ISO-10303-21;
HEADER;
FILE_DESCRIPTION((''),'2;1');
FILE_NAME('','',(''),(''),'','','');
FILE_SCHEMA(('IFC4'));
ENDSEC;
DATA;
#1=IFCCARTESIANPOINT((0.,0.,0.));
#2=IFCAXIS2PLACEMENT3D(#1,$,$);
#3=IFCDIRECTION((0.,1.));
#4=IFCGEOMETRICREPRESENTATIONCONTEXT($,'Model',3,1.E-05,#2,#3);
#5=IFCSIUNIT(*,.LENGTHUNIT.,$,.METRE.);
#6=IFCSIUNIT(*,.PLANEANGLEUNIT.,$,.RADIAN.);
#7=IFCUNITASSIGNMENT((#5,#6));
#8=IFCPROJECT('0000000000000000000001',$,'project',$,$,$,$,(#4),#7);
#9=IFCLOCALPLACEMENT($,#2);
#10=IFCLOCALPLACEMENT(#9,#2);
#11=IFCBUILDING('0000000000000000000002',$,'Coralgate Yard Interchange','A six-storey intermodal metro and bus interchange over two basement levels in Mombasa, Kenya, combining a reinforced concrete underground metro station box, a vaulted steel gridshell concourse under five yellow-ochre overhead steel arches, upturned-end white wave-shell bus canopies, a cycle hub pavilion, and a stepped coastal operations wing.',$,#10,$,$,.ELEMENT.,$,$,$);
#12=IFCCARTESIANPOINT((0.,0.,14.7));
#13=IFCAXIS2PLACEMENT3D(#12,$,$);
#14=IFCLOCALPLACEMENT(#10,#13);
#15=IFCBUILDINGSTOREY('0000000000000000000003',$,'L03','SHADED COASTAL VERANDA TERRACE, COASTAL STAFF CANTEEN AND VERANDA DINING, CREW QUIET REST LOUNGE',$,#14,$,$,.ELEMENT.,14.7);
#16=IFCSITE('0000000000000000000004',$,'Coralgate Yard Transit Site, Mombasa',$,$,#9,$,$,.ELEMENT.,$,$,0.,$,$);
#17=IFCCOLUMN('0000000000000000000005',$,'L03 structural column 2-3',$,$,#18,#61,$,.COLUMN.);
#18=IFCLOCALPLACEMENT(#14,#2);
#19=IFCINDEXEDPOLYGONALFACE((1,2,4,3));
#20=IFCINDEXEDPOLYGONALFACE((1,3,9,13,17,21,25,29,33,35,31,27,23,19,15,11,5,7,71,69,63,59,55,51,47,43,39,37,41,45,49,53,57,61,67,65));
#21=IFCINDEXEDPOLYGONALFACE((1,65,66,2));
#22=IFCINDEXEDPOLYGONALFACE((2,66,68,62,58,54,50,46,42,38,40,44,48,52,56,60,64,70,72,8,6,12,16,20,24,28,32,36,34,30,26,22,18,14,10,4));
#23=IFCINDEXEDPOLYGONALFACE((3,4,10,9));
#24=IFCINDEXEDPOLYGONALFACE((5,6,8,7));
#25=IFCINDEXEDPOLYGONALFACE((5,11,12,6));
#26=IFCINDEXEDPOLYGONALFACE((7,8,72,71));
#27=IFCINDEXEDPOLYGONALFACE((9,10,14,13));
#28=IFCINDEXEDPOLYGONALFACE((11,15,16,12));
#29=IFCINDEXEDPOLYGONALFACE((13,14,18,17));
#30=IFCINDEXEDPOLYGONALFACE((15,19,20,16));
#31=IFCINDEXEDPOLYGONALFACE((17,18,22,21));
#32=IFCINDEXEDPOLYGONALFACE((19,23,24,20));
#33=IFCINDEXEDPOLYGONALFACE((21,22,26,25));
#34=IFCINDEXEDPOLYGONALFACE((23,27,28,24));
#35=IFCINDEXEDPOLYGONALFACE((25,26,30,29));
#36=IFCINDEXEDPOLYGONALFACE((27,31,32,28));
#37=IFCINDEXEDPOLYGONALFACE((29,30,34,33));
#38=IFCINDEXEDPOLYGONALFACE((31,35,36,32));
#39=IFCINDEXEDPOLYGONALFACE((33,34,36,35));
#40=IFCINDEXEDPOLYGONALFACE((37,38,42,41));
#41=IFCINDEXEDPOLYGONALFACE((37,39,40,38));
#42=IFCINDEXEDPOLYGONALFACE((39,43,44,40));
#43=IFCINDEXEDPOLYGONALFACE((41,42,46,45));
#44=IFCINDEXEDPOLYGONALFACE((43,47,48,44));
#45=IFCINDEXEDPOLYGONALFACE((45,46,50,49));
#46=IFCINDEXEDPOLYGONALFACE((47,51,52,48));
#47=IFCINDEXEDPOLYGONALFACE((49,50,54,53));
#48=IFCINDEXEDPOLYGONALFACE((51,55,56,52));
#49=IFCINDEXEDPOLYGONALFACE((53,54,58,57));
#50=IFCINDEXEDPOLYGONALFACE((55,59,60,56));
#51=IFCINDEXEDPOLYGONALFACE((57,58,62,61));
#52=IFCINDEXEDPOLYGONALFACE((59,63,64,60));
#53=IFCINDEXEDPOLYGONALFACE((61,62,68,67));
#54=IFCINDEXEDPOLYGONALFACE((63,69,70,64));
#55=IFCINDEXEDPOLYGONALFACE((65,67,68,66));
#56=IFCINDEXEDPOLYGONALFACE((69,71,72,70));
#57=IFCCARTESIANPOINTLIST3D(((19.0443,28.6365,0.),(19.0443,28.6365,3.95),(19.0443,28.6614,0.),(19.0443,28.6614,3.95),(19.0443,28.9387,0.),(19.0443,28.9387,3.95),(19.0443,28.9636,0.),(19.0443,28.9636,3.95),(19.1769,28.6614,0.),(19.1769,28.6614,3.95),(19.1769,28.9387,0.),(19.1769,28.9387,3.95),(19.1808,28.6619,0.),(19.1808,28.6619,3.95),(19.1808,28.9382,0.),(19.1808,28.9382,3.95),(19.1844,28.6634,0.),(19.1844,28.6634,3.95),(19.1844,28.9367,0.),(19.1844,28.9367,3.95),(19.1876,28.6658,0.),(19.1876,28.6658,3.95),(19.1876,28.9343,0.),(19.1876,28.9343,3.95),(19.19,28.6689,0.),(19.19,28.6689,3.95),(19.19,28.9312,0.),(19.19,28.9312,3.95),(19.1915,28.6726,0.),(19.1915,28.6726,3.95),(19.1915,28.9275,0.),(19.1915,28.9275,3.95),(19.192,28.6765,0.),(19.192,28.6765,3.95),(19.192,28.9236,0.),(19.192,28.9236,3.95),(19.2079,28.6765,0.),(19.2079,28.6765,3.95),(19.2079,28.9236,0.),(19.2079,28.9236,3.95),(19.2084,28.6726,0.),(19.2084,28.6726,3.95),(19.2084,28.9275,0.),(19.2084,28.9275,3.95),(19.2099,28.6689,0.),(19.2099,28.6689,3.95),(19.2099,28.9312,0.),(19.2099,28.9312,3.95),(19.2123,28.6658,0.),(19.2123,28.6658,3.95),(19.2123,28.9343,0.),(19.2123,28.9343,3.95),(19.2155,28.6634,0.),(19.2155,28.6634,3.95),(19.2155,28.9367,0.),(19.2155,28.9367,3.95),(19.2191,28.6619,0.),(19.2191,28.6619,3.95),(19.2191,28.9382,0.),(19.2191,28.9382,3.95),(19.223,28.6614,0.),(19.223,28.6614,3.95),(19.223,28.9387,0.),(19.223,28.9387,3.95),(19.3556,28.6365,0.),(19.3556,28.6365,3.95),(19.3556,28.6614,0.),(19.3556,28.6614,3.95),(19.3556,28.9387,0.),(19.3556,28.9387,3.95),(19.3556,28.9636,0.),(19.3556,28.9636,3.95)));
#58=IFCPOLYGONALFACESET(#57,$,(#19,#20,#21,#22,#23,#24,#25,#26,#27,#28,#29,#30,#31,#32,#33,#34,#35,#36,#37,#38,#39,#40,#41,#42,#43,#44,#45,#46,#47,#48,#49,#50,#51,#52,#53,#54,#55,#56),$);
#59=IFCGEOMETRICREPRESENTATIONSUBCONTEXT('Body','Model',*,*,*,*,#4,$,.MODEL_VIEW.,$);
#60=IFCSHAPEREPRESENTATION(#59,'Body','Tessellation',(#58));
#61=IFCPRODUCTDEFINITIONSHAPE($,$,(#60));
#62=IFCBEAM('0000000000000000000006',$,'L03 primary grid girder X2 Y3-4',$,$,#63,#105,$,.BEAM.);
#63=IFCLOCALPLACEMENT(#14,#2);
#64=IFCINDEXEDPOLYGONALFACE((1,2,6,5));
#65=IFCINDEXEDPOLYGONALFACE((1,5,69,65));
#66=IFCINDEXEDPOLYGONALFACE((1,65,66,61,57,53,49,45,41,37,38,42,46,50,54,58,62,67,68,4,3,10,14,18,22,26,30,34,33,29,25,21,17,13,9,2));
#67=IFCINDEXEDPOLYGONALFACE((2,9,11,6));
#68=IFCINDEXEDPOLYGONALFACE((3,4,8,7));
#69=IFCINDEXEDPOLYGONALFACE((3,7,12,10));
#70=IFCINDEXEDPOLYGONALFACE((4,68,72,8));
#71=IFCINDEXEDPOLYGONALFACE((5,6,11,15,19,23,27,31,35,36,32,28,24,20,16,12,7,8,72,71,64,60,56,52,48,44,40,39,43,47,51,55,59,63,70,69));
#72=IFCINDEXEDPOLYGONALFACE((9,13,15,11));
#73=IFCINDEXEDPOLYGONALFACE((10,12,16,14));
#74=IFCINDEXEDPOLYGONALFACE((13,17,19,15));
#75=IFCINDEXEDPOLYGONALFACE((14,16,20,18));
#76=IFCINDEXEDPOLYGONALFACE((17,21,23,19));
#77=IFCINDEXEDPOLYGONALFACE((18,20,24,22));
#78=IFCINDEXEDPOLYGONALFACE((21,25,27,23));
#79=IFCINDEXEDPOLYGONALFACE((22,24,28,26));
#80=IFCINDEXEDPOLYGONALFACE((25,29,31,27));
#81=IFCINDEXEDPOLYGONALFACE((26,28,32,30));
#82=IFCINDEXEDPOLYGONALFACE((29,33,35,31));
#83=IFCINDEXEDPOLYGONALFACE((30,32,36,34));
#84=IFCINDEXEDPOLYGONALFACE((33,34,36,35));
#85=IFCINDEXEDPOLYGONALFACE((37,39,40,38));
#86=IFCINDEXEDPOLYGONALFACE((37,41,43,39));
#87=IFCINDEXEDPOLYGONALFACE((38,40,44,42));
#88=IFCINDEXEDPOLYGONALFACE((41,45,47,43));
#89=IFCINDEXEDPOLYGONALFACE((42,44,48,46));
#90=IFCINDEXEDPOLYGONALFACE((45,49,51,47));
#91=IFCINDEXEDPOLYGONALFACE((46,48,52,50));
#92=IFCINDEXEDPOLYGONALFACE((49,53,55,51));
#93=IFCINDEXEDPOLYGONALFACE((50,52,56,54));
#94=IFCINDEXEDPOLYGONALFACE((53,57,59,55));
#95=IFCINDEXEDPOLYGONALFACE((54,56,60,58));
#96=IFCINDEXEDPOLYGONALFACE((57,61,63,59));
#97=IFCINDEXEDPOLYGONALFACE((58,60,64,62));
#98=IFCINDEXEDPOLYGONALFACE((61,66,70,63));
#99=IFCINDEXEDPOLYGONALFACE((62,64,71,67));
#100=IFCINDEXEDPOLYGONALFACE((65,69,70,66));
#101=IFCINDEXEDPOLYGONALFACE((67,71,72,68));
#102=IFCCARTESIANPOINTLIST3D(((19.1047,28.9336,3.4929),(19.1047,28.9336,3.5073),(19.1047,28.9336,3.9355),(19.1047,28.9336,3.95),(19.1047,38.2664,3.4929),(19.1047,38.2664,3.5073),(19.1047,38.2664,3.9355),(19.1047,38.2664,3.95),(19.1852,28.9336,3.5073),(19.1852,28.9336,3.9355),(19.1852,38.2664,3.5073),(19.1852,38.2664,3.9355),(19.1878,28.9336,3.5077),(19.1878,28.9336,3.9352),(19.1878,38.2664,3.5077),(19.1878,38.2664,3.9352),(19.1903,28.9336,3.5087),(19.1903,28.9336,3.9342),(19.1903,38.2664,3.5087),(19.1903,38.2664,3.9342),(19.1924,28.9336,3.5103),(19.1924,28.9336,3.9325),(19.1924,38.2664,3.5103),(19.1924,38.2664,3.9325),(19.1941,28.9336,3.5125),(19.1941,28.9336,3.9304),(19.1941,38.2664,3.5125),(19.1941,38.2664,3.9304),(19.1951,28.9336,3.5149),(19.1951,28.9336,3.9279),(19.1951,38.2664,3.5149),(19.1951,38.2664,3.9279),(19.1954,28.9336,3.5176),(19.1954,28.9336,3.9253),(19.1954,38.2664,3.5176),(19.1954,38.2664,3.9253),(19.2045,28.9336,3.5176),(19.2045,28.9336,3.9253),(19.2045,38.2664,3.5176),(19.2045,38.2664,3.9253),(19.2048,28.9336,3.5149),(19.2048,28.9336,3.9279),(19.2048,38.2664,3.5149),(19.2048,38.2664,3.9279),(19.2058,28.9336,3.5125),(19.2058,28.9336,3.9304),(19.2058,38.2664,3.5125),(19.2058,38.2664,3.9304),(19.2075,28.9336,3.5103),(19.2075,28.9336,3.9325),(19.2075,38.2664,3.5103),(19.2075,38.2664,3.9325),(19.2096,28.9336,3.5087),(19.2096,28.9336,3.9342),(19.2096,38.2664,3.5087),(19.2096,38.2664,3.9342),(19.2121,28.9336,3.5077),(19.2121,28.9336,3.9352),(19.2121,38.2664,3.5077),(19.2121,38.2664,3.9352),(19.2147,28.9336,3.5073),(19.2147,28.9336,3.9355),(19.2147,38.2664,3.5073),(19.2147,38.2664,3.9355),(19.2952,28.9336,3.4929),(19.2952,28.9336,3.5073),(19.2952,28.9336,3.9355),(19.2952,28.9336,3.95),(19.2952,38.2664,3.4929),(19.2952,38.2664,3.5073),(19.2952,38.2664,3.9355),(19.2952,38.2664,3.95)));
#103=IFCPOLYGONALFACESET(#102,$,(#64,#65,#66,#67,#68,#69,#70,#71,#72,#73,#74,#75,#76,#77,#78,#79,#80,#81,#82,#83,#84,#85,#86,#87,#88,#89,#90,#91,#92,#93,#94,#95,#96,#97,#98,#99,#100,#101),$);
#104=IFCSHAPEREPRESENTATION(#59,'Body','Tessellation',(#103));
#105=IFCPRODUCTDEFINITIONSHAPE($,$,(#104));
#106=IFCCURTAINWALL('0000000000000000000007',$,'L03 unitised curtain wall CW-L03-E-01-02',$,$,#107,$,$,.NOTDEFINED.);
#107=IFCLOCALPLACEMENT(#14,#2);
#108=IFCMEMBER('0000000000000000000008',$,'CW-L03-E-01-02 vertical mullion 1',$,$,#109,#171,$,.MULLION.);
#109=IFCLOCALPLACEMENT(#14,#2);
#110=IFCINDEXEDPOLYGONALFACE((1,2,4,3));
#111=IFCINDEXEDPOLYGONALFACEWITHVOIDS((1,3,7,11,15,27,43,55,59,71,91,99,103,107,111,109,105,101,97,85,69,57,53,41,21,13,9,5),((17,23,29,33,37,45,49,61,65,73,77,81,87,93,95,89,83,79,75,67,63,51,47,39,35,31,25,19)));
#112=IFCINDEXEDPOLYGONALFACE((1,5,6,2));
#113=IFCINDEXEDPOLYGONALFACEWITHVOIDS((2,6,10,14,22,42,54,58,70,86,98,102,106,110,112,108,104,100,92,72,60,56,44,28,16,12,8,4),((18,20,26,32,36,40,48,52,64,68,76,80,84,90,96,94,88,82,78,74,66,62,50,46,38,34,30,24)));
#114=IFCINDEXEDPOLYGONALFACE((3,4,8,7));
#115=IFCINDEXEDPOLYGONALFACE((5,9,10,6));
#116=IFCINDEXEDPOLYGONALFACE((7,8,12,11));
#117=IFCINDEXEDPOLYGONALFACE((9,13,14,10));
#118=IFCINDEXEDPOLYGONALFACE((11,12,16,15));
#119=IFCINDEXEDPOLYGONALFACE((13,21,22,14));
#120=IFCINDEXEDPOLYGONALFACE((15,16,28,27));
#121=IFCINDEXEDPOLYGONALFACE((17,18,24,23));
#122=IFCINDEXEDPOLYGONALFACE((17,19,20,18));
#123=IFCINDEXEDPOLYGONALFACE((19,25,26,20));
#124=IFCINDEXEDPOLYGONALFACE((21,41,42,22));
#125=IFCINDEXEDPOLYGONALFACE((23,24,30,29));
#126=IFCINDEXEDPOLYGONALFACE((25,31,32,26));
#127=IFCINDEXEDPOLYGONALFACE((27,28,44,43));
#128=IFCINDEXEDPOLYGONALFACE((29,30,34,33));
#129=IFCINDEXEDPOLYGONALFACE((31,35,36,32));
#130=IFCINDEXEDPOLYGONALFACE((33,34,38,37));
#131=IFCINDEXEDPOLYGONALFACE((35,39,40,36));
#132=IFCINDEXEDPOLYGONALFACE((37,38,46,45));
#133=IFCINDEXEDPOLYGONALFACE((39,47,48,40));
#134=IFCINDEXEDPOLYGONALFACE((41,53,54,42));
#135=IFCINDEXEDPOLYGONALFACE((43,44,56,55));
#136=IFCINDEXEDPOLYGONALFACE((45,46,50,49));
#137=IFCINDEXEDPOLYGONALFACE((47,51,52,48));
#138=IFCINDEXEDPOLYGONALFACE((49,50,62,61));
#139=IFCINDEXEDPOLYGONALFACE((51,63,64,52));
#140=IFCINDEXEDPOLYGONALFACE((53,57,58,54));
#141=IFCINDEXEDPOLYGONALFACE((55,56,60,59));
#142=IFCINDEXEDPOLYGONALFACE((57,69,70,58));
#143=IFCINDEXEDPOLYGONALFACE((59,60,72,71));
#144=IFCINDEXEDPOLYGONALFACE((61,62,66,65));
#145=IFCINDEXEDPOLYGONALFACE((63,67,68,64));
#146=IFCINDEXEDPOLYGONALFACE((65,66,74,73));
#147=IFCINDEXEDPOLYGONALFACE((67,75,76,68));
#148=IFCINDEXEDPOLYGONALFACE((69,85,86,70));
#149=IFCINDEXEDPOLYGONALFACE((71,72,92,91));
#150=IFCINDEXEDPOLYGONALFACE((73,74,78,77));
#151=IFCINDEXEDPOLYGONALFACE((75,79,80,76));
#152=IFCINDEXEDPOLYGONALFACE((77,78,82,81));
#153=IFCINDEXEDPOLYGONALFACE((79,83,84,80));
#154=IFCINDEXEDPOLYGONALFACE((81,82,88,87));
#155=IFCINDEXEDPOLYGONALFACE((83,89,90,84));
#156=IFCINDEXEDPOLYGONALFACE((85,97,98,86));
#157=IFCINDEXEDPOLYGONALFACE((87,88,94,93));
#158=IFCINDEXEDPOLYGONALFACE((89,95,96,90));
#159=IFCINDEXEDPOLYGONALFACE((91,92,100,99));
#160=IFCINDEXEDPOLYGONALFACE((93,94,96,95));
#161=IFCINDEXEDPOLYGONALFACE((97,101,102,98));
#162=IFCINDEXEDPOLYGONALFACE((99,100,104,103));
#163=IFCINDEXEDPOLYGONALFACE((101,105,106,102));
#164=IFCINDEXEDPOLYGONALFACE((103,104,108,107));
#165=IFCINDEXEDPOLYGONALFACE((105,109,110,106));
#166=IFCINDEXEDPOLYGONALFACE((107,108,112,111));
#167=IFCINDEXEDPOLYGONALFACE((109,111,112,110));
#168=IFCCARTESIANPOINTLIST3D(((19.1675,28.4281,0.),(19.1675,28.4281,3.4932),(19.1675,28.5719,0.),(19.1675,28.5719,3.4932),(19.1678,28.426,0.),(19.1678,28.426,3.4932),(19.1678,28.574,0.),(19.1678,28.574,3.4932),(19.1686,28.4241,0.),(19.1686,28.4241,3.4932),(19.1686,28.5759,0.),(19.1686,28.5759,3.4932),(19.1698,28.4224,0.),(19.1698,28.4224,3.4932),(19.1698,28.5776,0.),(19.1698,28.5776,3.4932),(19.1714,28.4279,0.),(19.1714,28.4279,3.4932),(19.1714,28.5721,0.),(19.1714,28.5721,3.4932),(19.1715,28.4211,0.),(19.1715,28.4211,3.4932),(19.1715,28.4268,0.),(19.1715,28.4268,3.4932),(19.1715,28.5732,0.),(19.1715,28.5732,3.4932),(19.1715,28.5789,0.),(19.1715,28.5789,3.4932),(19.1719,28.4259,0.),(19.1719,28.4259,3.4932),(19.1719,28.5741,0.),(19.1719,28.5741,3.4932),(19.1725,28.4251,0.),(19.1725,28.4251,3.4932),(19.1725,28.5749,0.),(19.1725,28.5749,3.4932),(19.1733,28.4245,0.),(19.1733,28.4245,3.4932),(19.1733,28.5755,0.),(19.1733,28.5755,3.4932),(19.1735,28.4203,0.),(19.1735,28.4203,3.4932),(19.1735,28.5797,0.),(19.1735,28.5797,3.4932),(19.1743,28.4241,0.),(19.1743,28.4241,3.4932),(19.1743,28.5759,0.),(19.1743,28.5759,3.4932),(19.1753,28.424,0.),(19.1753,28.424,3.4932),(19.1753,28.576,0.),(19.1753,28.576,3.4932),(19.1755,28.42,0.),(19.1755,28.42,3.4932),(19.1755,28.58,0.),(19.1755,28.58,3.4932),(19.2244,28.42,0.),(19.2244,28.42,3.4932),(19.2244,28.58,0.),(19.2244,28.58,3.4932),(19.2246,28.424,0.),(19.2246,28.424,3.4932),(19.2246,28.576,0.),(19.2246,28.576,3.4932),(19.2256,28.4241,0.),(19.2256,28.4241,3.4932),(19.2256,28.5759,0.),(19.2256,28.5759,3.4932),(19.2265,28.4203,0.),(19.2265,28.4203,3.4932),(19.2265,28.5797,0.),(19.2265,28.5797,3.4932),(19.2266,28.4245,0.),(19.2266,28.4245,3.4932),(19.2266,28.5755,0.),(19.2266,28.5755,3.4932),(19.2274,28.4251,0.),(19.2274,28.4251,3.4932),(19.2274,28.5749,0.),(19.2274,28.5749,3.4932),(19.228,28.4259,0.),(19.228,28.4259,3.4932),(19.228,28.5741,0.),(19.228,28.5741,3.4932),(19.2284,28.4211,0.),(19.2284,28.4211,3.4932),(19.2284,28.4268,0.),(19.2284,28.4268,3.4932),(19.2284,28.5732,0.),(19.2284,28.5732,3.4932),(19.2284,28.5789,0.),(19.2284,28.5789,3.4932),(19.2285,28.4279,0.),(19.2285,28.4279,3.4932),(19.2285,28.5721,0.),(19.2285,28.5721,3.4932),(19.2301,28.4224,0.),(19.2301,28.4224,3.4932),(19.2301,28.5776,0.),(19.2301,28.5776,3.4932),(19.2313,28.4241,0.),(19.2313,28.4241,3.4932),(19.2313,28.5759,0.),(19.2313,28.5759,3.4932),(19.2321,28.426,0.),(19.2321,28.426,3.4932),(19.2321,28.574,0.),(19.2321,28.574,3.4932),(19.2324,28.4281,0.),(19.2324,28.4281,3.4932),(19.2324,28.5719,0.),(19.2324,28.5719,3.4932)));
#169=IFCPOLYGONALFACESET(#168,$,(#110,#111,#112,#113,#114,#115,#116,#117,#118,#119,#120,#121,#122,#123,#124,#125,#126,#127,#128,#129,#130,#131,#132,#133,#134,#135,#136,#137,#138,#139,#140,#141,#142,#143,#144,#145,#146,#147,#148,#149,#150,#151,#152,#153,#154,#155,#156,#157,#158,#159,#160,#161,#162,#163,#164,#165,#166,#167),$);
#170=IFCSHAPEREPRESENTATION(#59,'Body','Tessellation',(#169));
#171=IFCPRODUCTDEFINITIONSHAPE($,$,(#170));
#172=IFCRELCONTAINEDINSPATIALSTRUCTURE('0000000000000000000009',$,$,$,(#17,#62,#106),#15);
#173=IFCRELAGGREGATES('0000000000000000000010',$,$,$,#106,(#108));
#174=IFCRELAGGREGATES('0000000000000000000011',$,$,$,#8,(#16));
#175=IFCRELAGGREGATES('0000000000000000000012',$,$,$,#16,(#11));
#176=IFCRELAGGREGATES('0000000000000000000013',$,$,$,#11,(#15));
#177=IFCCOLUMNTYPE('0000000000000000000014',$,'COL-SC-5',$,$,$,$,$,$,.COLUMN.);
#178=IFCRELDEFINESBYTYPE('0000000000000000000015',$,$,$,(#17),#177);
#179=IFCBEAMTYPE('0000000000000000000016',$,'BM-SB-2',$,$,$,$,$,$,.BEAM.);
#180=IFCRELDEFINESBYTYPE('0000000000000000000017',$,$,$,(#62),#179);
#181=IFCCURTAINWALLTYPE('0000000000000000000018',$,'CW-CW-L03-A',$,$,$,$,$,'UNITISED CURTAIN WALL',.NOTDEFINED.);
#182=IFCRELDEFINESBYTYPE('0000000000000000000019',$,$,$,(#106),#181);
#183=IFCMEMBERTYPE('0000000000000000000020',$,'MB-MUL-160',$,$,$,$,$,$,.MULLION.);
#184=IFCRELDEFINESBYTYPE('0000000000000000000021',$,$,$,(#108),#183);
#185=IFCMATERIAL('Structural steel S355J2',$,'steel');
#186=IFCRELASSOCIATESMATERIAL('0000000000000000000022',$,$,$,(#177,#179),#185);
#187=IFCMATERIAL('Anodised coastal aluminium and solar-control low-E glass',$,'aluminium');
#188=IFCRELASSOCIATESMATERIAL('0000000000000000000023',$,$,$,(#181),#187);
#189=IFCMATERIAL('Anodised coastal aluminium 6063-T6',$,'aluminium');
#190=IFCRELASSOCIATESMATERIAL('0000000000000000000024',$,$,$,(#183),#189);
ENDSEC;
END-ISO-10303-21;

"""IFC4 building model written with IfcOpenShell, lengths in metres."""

from ifc_helpers import new_model, si_unit, direction, frame, origin, origin_2d, place, context, subcontext, project, spatial, hollow_rectangle, i_section, extrude, material, material_profile, profile_set, type_object, element, aggregate, save


model = new_model("IFC4")

# Units and contexts
model_context = context("Model", 3, precision=1e-05, world=origin(), true_north=direction((0.0, 1.0)))
body_context = subcontext(model_context, "Body", "Model", "MODEL_VIEW")
ifc_project = project(units=[si_unit("LENGTHUNIT", "METRE"), si_unit("PLANEANGLEUNIT", "RADIAN")], contexts=[model_context])

# Site, building, storey
site_placement = place(None, origin())
site = spatial("IfcSite", under=ifc_project, at=site_placement, Name="Coralgate Yard Transit Site, Mombasa", CompositionType="ELEMENT", RefElevation=0.0)
building_placement = place(site_placement, origin())
building = spatial("IfcBuilding", under=site, at=building_placement, Name="Coralgate Yard Interchange", Description="A six-storey intermodal metro and bus interchange over two basement levels in Mombasa, Kenya, combining a reinforced concrete underground metro station box, a vaulted steel gridshell concourse under five yellow-ochre overhead steel arches, upturned-end white wave-shell bus canopies, a cycle hub pavilion, and a stepped coastal operations wing.", CompositionType="ELEMENT")
storey_placement = place(building_placement, frame((0.0, 0.0, 14.7)))
storey = spatial("IfcBuildingStorey", under=building, at=storey_placement, Name="L03", Description="SHADED COASTAL VERANDA TERRACE, COASTAL STAFF CANTEEN AND VERANDA DINING, CREW QUIET REST LOUNGE", CompositionType="ELEMENT", Elevation=14.7)

# Column
ifc_material_1 = material(Name="Structural steel S355J2", Category="steel")
ifc_material_profile_1 = material_profile(ifc_material_1, i_section(OverallWidth=0.3113, OverallDepth=0.3271, WebThickness=0.0159, FlangeThickness=0.0249, FilletRadius=0.0151, at=origin_2d()), Name="UC 305x305x158")
ifc_profile_set_1 = profile_set([ifc_material_profile_1], Name="Structural steel S355J2")
column_type = type_object("IfcColumnType", Name="COL-SC-5", PredefinedType="COLUMN", material=ifc_profile_set_1)
column_placement = place(storey_placement, frame((19.2, 28.8, 0.0), z_axis=(0.0, 0.0, 1.0), x_axis=(1.0, 0.0, 0.0)))
element("IfcColumn", 1, at=column_placement, inside=storey, type_object=column_type, Name="L03 structural column 2-3", PredefinedType="COLUMN", context=body_context, shape_type="SweptSolid", body=[
    extrude(i_section(OverallWidth=0.3113, OverallDepth=0.3271, WebThickness=0.0159, FlangeThickness=0.0249, FilletRadius=0.0151, at=origin_2d()), origin(), (0.0, 0.0, 1.0), 3.95),
])

# Beam
ifc_material_profile_2 = material_profile(ifc_material_1, i_section(OverallWidth=0.1904, OverallDepth=0.457, WebThickness=0.009, FlangeThickness=0.0144, FilletRadius=0.0103, at=origin_2d()), Name="UB 457x191x74")
ifc_profile_set_2 = profile_set([ifc_material_profile_2], Name="Structural steel S355J2")
beam_type = type_object("IfcBeamType", Name="BM-SB-2", PredefinedType="BEAM", material=ifc_profile_set_2)
beam_placement = place(storey_placement, frame((19.2, 28.9336, 3.7214), z_axis=(0.0, 1.0, 0.0), x_axis=(-1.0, 0.0, 0.0)))
element("IfcBeam", 2, at=beam_placement, inside=storey, type_object=beam_type, Name="L03 primary grid girder X2 Y3-4", PredefinedType="BEAM", context=body_context, shape_type="SweptSolid", body=[
    extrude(i_section(OverallWidth=0.1904, OverallDepth=0.457, WebThickness=0.009, FlangeThickness=0.0144, FilletRadius=0.0103, at=origin_2d()), origin(), (0.0, 0.0, 1.0), 9.3328),
])

# Curtain wall, member
ifc_material_2 = material(Name="Anodised coastal aluminium and solar-control low-E glass", Category="aluminium")
curtain_wall_type = type_object("IfcCurtainWallType", Name="CW-CW-L03-A", ElementType="UNITISED CURTAIN WALL", PredefinedType="NOTDEFINED", material=ifc_material_2)
curtain_wall_placement = place(storey_placement, origin())
curtain_wall = element("IfcCurtainWall", 3, at=curtain_wall_placement, inside=storey, type_object=curtain_wall_type, Name="L03 unitised curtain wall CW-L03-E-01-02", PredefinedType="NOTDEFINED")
ifc_material_3 = material(Name="Anodised coastal aluminium 6063-T6", Category="aluminium")
ifc_material_profile_3 = material_profile(ifc_material_3, hollow_rectangle(XDim=0.0649, YDim=0.1599, WallThickness=0.0039, InnerFilletRadius=0.0039, OuterFilletRadius=0.0081, at=origin_2d()), Name="ALU 65x160x4")
ifc_profile_set_3 = profile_set([ifc_material_profile_3], Name="Anodised coastal aluminium 6063-T6")
member_type_1 = type_object("IfcMemberType", Name="MB-MUL-160", PredefinedType="MULLION", material=ifc_profile_set_3)
member_1_placement = place(storey_placement, frame((19.2, 28.5, 0.0), z_axis=(0.0, 0.0, 1.0), x_axis=(1.0, 0.0, 0.0)))
member_1 = element("IfcMember", 4, at=member_1_placement, type_object=member_type_1, Name="CW-L03-E-01-02 vertical mullion 1", PredefinedType="MULLION", context=body_context, shape_type="SweptSolid", body=[
    extrude(hollow_rectangle(XDim=0.0649, YDim=0.1599, WallThickness=0.0039, InnerFilletRadius=0.0039, OuterFilletRadius=0.0081, at=origin_2d()), origin(), (0.0, 0.0, 1.0), 3.4932),
])
aggregate(curtain_wall, [member_1])

save(model, "model.ifc")
